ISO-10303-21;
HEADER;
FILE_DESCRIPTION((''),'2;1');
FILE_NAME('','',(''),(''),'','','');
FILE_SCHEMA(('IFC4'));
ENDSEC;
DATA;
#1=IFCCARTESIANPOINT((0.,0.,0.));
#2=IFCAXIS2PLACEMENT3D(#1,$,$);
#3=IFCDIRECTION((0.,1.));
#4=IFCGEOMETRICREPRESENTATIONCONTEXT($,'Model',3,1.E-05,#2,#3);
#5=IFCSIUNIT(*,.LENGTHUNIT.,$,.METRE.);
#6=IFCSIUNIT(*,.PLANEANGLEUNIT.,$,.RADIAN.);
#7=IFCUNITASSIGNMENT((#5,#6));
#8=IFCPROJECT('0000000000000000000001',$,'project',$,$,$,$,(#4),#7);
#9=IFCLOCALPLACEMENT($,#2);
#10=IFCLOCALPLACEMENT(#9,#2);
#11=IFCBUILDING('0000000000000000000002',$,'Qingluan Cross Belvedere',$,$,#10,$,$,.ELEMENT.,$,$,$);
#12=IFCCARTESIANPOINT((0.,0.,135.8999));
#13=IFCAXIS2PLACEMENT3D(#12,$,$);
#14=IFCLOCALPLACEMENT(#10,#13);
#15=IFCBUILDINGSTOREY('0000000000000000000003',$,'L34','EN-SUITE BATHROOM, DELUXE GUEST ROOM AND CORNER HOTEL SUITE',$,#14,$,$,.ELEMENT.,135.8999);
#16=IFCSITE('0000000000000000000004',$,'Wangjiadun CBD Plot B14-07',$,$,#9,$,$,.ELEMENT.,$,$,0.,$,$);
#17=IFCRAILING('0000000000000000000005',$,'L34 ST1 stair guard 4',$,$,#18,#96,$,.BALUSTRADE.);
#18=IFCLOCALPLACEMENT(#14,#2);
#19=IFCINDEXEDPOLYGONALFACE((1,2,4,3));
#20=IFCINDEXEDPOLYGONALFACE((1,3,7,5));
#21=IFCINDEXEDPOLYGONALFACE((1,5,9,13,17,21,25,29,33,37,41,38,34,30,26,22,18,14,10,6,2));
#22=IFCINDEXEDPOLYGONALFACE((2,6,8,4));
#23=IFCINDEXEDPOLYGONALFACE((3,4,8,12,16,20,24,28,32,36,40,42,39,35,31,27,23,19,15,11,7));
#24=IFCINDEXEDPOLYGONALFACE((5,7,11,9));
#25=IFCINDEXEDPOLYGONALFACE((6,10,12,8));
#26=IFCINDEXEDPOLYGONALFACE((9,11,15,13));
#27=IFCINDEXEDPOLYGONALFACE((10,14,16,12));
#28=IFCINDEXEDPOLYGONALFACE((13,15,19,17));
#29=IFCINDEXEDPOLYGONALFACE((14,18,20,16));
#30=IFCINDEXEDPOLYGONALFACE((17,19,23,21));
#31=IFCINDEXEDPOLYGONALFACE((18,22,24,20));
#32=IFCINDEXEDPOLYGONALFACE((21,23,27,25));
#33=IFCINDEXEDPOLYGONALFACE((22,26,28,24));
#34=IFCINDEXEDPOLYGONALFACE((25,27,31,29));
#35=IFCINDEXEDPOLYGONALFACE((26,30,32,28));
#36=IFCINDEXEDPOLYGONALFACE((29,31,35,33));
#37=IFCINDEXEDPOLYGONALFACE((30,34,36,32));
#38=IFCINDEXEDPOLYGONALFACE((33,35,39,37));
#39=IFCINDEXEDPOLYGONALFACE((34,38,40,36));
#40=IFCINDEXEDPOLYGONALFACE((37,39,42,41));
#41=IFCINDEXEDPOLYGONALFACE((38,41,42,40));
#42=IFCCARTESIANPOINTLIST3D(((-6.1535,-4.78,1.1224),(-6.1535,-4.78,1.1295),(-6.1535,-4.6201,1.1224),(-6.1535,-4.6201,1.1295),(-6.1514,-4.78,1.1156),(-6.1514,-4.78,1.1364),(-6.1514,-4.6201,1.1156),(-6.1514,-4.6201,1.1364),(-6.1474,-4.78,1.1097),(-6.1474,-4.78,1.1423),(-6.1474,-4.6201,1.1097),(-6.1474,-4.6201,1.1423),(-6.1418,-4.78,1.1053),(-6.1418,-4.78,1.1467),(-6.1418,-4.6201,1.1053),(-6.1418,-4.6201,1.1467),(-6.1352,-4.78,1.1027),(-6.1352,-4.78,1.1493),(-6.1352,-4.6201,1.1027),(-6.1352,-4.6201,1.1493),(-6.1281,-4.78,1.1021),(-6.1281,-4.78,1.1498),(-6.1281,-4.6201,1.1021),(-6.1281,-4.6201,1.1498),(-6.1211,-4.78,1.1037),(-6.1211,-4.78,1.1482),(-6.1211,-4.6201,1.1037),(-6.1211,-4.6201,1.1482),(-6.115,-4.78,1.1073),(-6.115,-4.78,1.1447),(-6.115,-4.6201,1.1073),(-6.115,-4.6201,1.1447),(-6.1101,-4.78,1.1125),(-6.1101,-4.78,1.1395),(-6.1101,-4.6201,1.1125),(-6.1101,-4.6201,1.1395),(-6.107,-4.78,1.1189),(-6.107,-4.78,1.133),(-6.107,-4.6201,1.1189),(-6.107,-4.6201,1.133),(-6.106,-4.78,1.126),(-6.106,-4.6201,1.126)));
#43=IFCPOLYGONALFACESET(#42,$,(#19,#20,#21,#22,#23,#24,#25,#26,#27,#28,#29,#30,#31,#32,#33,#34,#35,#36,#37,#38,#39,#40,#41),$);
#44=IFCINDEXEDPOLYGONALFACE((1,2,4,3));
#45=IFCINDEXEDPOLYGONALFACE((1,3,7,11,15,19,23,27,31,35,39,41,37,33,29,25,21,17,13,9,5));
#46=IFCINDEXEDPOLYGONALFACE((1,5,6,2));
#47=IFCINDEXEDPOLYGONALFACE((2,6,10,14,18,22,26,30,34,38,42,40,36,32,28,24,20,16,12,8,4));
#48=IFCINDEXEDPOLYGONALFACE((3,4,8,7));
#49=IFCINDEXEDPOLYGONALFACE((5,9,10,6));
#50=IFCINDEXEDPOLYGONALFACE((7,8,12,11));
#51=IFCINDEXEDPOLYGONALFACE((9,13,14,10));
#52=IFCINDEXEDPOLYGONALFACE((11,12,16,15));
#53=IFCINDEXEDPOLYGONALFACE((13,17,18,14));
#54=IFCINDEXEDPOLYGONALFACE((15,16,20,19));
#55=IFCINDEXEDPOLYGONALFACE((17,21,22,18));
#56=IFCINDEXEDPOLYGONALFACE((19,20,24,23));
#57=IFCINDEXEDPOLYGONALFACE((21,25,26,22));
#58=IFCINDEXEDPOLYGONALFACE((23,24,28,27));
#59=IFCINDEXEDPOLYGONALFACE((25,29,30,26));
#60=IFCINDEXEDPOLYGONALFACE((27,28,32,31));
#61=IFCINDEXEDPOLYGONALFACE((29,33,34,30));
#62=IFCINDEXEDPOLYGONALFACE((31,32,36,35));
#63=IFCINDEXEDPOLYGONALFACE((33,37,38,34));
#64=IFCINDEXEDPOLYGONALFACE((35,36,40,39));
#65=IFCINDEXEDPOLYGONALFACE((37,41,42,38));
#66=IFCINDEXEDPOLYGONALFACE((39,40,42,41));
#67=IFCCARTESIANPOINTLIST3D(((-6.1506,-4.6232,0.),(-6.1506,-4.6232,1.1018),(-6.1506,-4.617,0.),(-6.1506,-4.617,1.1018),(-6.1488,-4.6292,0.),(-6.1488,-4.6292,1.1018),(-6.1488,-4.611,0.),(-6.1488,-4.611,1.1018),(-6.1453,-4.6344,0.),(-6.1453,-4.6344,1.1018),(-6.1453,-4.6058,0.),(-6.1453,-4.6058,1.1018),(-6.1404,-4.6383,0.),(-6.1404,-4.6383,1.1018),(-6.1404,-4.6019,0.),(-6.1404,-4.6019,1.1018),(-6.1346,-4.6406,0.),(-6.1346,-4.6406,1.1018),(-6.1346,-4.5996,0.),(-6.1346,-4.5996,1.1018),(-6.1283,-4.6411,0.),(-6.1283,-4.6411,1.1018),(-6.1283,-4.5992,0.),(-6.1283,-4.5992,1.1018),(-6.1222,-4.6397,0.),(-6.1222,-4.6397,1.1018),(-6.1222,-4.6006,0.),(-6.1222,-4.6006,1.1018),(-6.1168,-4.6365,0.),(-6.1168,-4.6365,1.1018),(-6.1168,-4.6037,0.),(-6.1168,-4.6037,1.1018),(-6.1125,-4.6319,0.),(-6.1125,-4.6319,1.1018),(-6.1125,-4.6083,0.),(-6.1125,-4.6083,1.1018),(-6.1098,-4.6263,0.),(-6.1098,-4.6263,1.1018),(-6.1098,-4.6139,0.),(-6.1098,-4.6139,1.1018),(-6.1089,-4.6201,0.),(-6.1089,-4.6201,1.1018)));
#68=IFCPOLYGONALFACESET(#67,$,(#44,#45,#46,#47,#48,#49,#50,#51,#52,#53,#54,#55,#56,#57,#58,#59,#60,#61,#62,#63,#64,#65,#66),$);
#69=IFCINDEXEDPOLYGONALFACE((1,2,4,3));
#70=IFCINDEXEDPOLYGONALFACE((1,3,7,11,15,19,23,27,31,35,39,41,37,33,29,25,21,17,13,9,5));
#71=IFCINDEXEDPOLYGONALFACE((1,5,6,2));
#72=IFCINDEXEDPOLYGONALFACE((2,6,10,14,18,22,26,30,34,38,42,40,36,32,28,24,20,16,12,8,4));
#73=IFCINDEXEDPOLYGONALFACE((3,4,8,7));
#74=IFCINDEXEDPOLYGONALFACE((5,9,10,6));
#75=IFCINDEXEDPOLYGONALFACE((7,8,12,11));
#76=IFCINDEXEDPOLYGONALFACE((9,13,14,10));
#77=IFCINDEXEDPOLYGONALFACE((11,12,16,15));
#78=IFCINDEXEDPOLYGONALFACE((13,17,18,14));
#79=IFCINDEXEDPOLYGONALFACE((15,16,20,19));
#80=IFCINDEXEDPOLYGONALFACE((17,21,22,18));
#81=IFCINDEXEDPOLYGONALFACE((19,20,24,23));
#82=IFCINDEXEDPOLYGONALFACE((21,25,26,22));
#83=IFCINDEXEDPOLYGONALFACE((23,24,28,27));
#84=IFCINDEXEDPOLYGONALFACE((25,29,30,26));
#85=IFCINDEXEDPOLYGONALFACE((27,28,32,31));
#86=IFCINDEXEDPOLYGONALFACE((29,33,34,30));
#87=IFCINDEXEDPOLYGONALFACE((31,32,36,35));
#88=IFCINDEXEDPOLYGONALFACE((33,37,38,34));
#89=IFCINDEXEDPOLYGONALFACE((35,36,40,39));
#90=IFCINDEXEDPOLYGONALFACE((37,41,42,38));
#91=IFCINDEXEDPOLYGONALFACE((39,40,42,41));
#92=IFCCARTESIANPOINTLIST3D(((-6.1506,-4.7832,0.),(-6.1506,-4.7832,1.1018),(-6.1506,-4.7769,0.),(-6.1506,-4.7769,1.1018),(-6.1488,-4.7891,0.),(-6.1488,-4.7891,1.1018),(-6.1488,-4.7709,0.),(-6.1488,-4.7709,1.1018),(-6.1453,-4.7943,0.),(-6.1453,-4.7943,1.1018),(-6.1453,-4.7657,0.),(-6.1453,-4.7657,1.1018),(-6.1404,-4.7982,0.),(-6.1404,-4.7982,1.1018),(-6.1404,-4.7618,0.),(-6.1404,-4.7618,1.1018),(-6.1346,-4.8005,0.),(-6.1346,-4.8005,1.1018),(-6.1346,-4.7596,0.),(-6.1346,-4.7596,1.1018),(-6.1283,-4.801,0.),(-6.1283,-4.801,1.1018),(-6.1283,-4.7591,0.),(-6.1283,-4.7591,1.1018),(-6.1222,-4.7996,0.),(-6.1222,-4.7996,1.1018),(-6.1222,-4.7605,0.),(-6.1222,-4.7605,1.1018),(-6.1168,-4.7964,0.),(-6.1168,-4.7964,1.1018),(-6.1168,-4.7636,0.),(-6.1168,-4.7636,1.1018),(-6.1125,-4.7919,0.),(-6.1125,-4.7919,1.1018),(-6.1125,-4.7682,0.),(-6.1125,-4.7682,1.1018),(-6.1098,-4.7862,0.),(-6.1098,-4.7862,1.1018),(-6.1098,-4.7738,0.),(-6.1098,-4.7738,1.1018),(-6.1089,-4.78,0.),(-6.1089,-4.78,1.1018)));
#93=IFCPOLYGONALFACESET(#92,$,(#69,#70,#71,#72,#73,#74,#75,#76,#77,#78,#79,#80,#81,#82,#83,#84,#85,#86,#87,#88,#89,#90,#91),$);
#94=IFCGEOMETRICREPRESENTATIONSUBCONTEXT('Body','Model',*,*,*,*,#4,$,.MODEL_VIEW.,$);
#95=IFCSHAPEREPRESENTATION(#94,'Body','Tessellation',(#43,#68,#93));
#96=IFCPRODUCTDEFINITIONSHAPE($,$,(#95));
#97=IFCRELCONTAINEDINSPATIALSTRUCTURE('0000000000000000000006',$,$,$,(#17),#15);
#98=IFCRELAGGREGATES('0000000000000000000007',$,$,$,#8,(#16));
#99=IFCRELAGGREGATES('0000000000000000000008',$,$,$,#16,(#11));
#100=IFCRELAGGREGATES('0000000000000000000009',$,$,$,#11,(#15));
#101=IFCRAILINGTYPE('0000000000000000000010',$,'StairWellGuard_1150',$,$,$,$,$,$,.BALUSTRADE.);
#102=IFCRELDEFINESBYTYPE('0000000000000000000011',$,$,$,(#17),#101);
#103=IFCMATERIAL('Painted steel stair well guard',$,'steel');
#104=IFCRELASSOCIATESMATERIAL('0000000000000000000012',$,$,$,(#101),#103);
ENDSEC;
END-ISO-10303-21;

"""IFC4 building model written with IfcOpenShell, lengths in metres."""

from ifc_helpers import new_model, si_unit, direction, frame, origin, origin_2d, place, context, subcontext, project, spatial, circle, extrude, material, type_object, element, save


model = new_model("IFC4")

# Units and contexts
model_context = context("Model", 3, precision=1e-05, world=origin(), true_north=direction((0.0, 1.0)))
body_context = subcontext(model_context, "Body", "Model", "MODEL_VIEW")
ifc_project = project(units=[si_unit("LENGTHUNIT", "METRE"), si_unit("PLANEANGLEUNIT", "RADIAN")], contexts=[model_context])

# Site, building, storey
site_placement = place(None, origin())
site = spatial("IfcSite", under=ifc_project, at=site_placement, Name="Wangjiadun CBD Plot B14-07", CompositionType="ELEMENT", RefElevation=0.0)
building_placement = place(site_placement, origin())
building = spatial("IfcBuilding", under=site, at=building_placement, Name="Qingluan Cross Belvedere", CompositionType="ELEMENT")
storey_placement = place(building_placement, frame((0.0, 0.0, 135.8999)))
storey = spatial("IfcBuildingStorey", under=building, at=storey_placement, Name="L34", Description="EN-SUITE BATHROOM, DELUXE GUEST ROOM AND CORNER HOTEL SUITE", CompositionType="ELEMENT", Elevation=135.8999)

# Railing
ifc_material_1 = material(Name="Painted steel stair well guard", Category="steel")
railing_type_1 = type_object("IfcRailingType", Name="StairWellGuard_1150", PredefinedType="BALUSTRADE", material=ifc_material_1)
railing_1_placement = place(storey_placement, frame((-6.1299, -4.6201, 0.0)))
element("IfcRailing", 1, at=railing_1_placement, inside=storey, type_object=railing_type_1, Name="L34 ST1 stair guard 4", PredefinedType="BALUSTRADE", context=body_context, shape_type="SweptSolid", body=[
    extrude(circle(Radius=0.0239, at=origin_2d()), frame((0.0, 0.0, 1.126), z_axis=(0.0, -1.0, 0.0), x_axis=(1.0, 0.0, 0.0)), (0.0, 0.0, 1.0), 0.1599),
    extrude(circle(Radius=0.021, at=origin_2d()), origin(), (0.0, 0.0, 1.0), 1.1018),
    extrude(circle(Radius=0.021, at=origin_2d()), frame((0.0, -0.1599, 0.0)), (0.0, 0.0, 1.0), 1.1018),
])

save(model, "model.ifc")
